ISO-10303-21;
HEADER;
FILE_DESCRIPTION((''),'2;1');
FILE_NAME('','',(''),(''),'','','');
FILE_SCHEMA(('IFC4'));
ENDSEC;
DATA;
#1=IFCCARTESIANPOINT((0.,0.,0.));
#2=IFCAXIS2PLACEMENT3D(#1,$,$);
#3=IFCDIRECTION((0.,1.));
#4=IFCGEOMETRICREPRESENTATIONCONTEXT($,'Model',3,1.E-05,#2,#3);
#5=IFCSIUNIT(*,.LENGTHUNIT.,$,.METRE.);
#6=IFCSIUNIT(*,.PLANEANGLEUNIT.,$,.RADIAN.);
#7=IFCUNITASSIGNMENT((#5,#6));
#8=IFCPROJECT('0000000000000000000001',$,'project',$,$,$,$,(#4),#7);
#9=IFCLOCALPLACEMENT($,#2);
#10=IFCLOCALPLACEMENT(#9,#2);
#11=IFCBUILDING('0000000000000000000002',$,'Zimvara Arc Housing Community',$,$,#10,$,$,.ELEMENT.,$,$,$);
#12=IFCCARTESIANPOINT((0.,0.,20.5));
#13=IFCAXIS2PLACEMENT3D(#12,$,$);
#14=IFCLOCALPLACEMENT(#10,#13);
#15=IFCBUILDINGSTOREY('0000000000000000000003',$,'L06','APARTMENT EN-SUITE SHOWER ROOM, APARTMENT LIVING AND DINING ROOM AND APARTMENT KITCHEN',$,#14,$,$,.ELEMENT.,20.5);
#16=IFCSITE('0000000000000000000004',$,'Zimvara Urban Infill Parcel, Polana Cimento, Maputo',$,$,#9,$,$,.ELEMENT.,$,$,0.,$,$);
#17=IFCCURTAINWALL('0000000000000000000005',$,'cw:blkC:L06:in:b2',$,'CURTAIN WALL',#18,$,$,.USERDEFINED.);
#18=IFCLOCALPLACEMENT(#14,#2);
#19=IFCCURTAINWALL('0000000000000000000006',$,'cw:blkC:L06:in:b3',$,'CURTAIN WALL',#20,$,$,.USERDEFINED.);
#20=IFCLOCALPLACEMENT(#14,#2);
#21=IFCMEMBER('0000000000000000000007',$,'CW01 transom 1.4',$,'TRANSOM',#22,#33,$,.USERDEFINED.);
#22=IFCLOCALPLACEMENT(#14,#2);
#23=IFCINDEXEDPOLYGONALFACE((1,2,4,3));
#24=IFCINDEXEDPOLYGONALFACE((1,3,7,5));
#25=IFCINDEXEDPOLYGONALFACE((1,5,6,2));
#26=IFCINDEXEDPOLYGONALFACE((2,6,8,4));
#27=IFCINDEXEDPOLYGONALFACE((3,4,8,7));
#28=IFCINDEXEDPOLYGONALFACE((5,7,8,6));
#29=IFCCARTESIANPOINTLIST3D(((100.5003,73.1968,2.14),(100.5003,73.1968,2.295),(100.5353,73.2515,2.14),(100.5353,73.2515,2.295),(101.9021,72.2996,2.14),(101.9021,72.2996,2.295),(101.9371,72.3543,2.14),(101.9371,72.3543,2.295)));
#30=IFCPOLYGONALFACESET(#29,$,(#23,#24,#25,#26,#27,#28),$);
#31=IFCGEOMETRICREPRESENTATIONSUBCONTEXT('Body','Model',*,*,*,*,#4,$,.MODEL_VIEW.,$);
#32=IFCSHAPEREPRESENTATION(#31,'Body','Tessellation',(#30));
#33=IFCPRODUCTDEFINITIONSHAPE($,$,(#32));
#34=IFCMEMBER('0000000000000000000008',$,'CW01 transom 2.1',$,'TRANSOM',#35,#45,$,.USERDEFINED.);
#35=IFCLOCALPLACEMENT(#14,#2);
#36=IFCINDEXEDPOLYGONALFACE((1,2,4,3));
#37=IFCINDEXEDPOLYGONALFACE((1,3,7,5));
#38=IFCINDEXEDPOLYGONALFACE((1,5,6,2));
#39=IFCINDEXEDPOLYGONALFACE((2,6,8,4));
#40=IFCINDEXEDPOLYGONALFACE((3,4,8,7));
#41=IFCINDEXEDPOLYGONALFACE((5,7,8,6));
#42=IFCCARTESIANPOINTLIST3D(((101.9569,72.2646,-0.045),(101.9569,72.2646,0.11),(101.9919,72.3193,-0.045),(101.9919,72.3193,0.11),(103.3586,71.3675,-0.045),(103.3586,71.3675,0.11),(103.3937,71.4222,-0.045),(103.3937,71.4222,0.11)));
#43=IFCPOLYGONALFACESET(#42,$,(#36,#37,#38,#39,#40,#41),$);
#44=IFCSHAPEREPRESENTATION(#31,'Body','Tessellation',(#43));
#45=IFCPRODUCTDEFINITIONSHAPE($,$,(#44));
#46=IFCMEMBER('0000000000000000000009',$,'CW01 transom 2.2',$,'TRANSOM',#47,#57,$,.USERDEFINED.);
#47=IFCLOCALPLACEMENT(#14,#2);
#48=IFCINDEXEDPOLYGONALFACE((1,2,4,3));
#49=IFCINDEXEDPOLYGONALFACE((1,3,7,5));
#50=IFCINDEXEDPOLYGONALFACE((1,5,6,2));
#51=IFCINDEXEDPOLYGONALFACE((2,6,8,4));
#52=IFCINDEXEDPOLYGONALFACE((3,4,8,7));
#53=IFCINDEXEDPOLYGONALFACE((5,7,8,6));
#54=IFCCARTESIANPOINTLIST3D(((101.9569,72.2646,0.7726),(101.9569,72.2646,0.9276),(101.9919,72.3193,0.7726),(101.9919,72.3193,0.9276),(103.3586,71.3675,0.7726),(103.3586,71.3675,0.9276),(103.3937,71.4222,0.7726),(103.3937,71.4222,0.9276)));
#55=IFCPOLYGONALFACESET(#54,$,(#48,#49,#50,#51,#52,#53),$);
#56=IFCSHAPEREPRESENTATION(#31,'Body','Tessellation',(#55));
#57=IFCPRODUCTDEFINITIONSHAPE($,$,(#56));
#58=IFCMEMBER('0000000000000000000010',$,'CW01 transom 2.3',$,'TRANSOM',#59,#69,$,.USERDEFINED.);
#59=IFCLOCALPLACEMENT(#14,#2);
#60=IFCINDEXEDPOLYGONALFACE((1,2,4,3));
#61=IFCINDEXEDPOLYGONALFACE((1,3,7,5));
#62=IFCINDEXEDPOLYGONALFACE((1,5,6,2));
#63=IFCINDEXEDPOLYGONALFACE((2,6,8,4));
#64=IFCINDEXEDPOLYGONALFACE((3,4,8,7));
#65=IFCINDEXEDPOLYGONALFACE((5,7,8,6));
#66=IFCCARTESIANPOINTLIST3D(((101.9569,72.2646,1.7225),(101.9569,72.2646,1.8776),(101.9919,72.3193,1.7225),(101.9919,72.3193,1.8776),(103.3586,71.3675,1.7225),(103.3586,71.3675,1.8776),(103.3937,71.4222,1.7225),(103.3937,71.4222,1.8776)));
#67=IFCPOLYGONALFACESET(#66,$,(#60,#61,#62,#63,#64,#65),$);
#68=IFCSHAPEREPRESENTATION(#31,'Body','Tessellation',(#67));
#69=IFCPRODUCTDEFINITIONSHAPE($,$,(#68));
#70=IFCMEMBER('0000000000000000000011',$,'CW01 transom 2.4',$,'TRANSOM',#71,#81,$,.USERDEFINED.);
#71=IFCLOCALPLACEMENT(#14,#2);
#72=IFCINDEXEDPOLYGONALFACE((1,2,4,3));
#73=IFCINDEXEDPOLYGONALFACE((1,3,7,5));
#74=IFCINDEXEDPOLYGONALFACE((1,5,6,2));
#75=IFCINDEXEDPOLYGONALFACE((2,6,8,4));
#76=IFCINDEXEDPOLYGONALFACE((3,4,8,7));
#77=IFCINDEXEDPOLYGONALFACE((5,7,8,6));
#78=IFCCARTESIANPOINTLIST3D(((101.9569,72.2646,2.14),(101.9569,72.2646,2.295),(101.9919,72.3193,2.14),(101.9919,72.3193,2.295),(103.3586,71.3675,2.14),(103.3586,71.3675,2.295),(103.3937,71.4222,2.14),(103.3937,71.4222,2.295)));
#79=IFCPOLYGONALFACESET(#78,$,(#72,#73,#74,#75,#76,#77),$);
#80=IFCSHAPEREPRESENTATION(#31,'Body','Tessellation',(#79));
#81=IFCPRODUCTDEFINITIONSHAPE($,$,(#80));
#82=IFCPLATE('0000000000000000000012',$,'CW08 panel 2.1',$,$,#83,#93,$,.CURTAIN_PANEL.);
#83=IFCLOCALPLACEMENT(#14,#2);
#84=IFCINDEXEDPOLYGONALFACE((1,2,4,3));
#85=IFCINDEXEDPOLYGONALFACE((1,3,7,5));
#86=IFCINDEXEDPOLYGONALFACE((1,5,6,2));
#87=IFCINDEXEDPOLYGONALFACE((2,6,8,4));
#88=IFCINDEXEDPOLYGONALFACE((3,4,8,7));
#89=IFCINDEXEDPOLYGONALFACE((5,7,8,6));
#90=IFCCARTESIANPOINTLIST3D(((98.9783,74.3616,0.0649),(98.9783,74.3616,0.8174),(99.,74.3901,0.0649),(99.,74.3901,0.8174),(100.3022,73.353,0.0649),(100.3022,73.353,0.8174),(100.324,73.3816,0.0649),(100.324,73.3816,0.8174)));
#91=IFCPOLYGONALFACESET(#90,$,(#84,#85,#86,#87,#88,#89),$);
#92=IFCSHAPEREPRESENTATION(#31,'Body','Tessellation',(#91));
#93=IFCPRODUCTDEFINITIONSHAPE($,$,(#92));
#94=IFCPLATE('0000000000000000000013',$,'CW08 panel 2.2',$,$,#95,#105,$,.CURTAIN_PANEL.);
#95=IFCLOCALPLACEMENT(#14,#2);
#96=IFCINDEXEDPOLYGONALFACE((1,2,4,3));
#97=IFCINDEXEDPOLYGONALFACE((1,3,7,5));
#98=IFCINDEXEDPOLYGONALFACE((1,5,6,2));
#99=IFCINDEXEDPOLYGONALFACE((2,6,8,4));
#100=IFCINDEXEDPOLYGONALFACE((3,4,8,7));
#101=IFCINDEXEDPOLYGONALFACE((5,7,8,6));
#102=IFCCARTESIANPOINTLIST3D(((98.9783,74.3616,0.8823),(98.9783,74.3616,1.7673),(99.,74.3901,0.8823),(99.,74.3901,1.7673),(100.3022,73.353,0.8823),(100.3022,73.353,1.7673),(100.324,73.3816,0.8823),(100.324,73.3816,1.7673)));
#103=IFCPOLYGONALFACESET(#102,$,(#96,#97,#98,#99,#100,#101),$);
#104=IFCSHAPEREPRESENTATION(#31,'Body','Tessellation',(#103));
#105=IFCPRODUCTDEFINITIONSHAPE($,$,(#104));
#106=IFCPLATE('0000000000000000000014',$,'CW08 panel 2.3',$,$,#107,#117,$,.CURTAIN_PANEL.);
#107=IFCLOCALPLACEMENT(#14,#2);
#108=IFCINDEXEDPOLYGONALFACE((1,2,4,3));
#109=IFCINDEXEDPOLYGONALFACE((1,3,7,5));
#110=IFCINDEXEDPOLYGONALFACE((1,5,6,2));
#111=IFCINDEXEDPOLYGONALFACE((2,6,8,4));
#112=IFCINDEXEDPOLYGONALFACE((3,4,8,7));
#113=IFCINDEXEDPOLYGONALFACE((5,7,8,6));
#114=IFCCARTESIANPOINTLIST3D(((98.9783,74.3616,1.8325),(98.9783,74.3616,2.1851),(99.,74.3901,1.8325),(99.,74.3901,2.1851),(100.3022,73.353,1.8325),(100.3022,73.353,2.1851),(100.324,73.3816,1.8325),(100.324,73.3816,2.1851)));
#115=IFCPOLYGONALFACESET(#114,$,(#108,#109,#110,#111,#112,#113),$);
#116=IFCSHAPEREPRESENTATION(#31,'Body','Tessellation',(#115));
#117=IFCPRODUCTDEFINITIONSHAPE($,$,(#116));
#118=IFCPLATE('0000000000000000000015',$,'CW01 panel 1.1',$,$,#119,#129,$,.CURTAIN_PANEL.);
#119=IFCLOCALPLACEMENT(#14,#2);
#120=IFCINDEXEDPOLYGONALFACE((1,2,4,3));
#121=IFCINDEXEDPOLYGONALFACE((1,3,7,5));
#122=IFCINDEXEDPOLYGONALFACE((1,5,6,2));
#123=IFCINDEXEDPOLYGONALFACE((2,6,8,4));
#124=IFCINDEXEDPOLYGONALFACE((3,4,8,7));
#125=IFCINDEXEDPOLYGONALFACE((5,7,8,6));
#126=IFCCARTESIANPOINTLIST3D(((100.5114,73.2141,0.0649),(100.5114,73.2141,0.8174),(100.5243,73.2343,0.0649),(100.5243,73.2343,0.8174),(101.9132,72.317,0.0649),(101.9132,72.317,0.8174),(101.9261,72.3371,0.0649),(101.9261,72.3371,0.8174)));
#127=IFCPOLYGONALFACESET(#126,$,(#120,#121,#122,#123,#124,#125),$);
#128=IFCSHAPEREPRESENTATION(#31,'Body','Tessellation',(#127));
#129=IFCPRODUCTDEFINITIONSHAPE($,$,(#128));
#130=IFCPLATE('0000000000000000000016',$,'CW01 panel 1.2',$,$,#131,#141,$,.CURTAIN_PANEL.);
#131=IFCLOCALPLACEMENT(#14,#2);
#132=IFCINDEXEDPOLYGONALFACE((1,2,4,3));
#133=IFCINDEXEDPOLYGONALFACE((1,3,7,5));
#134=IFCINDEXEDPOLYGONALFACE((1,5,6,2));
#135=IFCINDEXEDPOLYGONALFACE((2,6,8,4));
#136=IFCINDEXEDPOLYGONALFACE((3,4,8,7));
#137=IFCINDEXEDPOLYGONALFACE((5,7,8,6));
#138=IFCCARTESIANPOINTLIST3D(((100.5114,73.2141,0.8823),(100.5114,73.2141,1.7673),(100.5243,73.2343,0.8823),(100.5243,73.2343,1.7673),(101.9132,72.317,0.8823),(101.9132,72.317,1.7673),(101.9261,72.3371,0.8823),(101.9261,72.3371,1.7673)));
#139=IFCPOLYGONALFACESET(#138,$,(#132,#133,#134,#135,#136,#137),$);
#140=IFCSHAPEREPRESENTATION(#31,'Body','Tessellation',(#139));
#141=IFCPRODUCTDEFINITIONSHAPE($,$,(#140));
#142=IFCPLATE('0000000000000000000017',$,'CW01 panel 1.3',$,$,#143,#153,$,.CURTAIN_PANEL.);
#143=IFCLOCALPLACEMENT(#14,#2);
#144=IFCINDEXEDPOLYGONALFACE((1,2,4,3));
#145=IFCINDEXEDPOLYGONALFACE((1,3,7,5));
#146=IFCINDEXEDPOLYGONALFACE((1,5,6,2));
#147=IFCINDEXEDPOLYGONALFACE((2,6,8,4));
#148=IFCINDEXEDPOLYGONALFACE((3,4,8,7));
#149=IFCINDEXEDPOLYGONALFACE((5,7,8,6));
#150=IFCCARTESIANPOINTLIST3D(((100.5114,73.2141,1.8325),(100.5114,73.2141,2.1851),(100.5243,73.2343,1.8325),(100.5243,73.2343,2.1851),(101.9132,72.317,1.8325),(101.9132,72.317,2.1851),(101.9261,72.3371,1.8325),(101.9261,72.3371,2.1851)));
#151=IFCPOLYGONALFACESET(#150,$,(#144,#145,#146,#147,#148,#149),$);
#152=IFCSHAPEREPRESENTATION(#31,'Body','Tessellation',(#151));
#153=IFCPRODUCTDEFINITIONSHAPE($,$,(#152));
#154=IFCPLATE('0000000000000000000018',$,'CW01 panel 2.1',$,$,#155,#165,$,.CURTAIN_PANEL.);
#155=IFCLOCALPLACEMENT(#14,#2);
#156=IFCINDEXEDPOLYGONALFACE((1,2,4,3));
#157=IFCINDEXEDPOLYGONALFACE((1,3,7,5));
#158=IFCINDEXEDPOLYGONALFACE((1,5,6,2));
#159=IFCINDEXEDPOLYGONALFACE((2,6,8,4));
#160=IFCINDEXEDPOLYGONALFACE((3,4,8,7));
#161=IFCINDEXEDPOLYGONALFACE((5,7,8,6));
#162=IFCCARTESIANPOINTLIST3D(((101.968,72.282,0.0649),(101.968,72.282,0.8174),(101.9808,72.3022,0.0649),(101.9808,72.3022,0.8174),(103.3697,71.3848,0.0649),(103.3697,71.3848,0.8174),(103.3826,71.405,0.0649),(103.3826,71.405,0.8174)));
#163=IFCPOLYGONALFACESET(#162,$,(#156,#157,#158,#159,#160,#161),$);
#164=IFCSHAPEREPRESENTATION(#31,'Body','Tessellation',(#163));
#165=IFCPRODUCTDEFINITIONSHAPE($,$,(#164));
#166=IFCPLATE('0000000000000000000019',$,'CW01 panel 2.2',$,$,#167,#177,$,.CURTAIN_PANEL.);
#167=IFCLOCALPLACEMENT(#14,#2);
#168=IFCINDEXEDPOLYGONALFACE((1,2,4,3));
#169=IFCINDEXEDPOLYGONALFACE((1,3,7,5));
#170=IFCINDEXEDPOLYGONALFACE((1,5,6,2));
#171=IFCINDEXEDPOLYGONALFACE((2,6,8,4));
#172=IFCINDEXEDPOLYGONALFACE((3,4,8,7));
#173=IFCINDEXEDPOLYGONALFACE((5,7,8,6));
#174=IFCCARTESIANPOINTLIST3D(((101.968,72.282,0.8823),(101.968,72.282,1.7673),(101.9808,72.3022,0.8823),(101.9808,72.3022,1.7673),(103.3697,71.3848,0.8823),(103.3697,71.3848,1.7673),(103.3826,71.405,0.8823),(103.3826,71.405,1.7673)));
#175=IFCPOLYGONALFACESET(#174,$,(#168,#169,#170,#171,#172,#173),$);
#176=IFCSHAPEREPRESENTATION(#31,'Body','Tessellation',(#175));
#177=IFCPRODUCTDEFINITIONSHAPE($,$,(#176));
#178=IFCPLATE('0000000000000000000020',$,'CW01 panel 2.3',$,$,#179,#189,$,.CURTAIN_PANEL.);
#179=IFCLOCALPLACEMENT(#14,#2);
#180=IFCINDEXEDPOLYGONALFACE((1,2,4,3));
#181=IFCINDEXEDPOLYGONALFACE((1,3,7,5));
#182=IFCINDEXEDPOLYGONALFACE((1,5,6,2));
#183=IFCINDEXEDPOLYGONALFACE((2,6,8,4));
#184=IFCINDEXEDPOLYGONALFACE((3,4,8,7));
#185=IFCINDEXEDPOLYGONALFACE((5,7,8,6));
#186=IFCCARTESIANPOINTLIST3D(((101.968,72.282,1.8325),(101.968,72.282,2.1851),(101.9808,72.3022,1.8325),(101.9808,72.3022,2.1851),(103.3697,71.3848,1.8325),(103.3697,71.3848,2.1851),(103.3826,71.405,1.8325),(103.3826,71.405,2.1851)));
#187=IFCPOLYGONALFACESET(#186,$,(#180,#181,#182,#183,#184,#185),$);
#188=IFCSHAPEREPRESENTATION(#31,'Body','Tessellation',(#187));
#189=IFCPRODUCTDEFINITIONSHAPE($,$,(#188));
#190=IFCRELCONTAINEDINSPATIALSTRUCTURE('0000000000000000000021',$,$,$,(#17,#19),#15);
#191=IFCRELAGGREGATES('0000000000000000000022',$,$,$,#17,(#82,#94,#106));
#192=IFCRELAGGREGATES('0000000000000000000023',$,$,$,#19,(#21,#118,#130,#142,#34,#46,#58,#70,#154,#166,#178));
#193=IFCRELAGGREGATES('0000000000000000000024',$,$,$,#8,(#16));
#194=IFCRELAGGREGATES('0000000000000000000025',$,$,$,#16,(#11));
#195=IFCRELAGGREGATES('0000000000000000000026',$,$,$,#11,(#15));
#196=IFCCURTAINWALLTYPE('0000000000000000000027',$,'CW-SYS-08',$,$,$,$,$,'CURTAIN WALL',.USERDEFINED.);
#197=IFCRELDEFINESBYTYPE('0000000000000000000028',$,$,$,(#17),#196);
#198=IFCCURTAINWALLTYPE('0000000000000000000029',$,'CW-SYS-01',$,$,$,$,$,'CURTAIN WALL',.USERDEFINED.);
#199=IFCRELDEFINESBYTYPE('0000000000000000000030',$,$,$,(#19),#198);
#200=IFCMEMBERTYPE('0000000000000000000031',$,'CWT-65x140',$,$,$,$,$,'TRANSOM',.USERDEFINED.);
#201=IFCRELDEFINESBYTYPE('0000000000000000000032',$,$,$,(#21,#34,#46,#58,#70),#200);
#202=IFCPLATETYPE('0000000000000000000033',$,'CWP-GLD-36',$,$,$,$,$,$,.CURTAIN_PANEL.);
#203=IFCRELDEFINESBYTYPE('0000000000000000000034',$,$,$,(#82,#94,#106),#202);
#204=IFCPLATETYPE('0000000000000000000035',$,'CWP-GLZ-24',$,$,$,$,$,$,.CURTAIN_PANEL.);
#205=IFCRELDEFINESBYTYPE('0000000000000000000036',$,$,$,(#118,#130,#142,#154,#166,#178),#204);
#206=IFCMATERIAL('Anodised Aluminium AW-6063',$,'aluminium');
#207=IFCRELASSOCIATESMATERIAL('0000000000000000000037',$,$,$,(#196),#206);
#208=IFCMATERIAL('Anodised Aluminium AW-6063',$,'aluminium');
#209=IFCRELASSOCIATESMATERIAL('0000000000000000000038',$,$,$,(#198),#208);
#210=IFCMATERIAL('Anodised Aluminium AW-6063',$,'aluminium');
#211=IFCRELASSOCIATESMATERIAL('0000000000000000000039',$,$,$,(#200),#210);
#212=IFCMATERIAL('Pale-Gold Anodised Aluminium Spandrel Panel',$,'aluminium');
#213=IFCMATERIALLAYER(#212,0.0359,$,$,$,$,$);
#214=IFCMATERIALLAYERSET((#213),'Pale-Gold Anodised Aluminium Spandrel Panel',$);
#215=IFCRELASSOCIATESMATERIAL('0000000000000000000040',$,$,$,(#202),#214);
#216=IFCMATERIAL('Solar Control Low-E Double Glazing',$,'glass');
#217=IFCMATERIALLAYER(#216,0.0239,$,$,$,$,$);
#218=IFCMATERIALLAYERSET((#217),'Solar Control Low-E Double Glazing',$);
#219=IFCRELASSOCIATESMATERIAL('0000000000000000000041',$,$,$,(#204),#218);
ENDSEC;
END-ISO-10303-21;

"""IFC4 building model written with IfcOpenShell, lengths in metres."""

from ifc_helpers import new_model, si_unit, direction, frame, origin, origin_2d, place, context, subcontext, project, spatial, rectangle, extrude, material, layer, layer_set, material_profile, profile_set, type_object, element, aggregate, save


model = new_model("IFC4")

# Units and contexts
model_context = context("Model", 3, precision=1e-05, world=origin(), true_north=direction((0.0, 1.0)))
body_context = subcontext(model_context, "Body", "Model", "MODEL_VIEW")
ifc_project = project(units=[si_unit("LENGTHUNIT", "METRE"), si_unit("PLANEANGLEUNIT", "RADIAN")], contexts=[model_context])

# Site, building, storey
site_placement = place(None, origin())
site = spatial("IfcSite", under=ifc_project, at=site_placement, Name="Zimvara Urban Infill Parcel, Polana Cimento, Maputo", CompositionType="ELEMENT", RefElevation=0.0)
building_placement = place(site_placement, origin())
building = spatial("IfcBuilding", under=site, at=building_placement, Name="Zimvara Arc Housing Community", CompositionType="ELEMENT")
storey_placement = place(building_placement, frame((0.0, 0.0, 20.5)))
storey = spatial("IfcBuildingStorey", under=building, at=storey_placement, Name="L06", Description="APARTMENT EN-SUITE SHOWER ROOM, APARTMENT LIVING AND DINING ROOM AND APARTMENT KITCHEN", CompositionType="ELEMENT", Elevation=20.5)

# Curtain wall
ifc_material_1 = material(Name="Anodised Aluminium AW-6063", Category="aluminium")
curtain_wall_type_1 = type_object("IfcCurtainWallType", Name="CW-SYS-08", ElementType="CURTAIN WALL", PredefinedType="USERDEFINED", material=ifc_material_1)
curtain_wall_1_placement = place(storey_placement, origin())
curtain_wall_1 = element("IfcCurtainWall", 1, at=curtain_wall_1_placement, inside=storey, type_object=curtain_wall_type_1, Name="cw:blkC:L06:in:b2", ObjectType="CURTAIN WALL", PredefinedType="USERDEFINED")

# Curtain wall, members
ifc_material_2 = material(Name="Anodised Aluminium AW-6063", Category="aluminium")
curtain_wall_type_2 = type_object("IfcCurtainWallType", Name="CW-SYS-01", ElementType="CURTAIN WALL", PredefinedType="USERDEFINED", material=ifc_material_2)
curtain_wall_2_placement = place(storey_placement, origin())
curtain_wall_2 = element("IfcCurtainWall", 2, at=curtain_wall_2_placement, inside=storey, type_object=curtain_wall_type_2, Name="cw:blkC:L06:in:b3", ObjectType="CURTAIN WALL", PredefinedType="USERDEFINED")
ifc_material_3 = material(Name="Anodised Aluminium AW-6063", Category="aluminium")
ifc_material_profile_1 = material_profile(ifc_material_3, rectangle(XDim=0.0649, YDim=0.155, at=origin_2d()), Name="ALU 65x155")
ifc_profile_set_1 = profile_set([ifc_material_profile_1], Name="Anodised Aluminium AW-6063")
member_type_1 = type_object("IfcMemberType", Name="CWT-65x140", ElementType="TRANSOM", PredefinedType="USERDEFINED", material=ifc_profile_set_1)
member_1_placement = place(storey_placement, frame((100.5178, 73.2241, 2.2175), z_axis=(0.842263, -0.539066, 0.0), x_axis=(0.539066, 0.842263, 0.0)))
member_1 = element("IfcMember", 3, at=member_1_placement, type_object=member_type_1, Name="CW01 transom 1.4", ObjectType="TRANSOM", PredefinedType="USERDEFINED", context=body_context, shape_type="SweptSolid", body=[
    extrude(rectangle(XDim=0.0649, YDim=0.155, at=origin_2d()), origin(), (0.0, 0.0, 1.0), 1.6643),
])
member_2_placement = place(storey_placement, frame((101.9744, 72.292, 0.0325), z_axis=(0.842263, -0.539066, 0.0), x_axis=(0.539066, 0.842263, 0.0)))
member_2 = element("IfcMember", 4, at=member_2_placement, type_object=member_type_1, Name="CW01 transom 2.1", ObjectType="TRANSOM", PredefinedType="USERDEFINED", context=body_context, shape_type="SweptSolid", body=[
    extrude(rectangle(XDim=0.0649, YDim=0.155, at=origin_2d()), origin(), (0.0, 0.0, 1.0), 1.6643),
])
member_3_placement = place(storey_placement, frame((101.9744, 72.292, 0.8501), z_axis=(0.842263, -0.539066, 0.0), x_axis=(0.539066, 0.842263, 0.0)))
member_3 = element("IfcMember", 5, at=member_3_placement, type_object=member_type_1, Name="CW01 transom 2.2", ObjectType="TRANSOM", PredefinedType="USERDEFINED", context=body_context, shape_type="SweptSolid", body=[
    extrude(rectangle(XDim=0.0649, YDim=0.155, at=origin_2d()), origin(), (0.0, 0.0, 1.0), 1.6643),
])
member_4_placement = place(storey_placement, frame((101.9744, 72.292, 1.8), z_axis=(0.842263, -0.539066, 0.0), x_axis=(0.539066, 0.842263, 0.0)))
member_4 = element("IfcMember", 6, at=member_4_placement, type_object=member_type_1, Name="CW01 transom 2.3", ObjectType="TRANSOM", PredefinedType="USERDEFINED", context=body_context, shape_type="SweptSolid", body=[
    extrude(rectangle(XDim=0.0649, YDim=0.155, at=origin_2d()), origin(), (0.0, 0.0, 1.0), 1.6643),
])
member_5_placement = place(storey_placement, frame((101.9744, 72.292, 2.2175), z_axis=(0.842263, -0.539066, 0.0), x_axis=(0.539066, 0.842263, 0.0)))
member_5 = element("IfcMember", 7, at=member_5_placement, type_object=member_type_1, Name="CW01 transom 2.4", ObjectType="TRANSOM", PredefinedType="USERDEFINED", context=body_context, shape_type="SweptSolid", body=[
    extrude(rectangle(XDim=0.0649, YDim=0.155, at=origin_2d()), origin(), (0.0, 0.0, 1.0), 1.6643),
])

# Plates
ifc_material_4 = material(Name="Pale-Gold Anodised Aluminium Spandrel Panel", Category="aluminium")
ifc_layer_1 = layer(ifc_material_4, 0.0359)
ifc_layer_set_1 = layer_set([ifc_layer_1], Name="Pale-Gold Anodised Aluminium Spandrel Panel")
plate_type_1 = type_object("IfcPlateType", Name="CWP-GLD-36", PredefinedType="CURTAIN_PANEL", material=ifc_layer_set_1)
plate_1_placement = place(storey_placement, frame((99.6511, 73.8716, 0.0649), z_axis=(0.0, 0.0, 1.0), x_axis=(0.795474, -0.605988, 0.0)))
plate_1 = element("IfcPlate", 8, at=plate_1_placement, type_object=plate_type_1, Name="CW08 panel 2.1", PredefinedType="CURTAIN_PANEL", context=body_context, shape_type="SweptSolid", body=[
    extrude(rectangle(XDim=1.6643, YDim=0.0359, at=origin_2d()), origin(), (0.0, 0.0, 1.0), 0.7524),
])
plate_2_placement = place(storey_placement, frame((99.6511, 73.8716, 0.8823), z_axis=(0.0, 0.0, 1.0), x_axis=(0.795474, -0.605988, 0.0)))
plate_2 = element("IfcPlate", 9, at=plate_2_placement, type_object=plate_type_1, Name="CW08 panel 2.2", PredefinedType="CURTAIN_PANEL", context=body_context, shape_type="SweptSolid", body=[
    extrude(rectangle(XDim=1.6643, YDim=0.0359, at=origin_2d()), origin(), (0.0, 0.0, 1.0), 0.885),
])
plate_3_placement = place(storey_placement, frame((99.6511, 73.8716, 1.8325), z_axis=(0.0, 0.0, 1.0), x_axis=(0.795474, -0.605988, 0.0)))
plate_3 = element("IfcPlate", 10, at=plate_3_placement, type_object=plate_type_1, Name="CW08 panel 2.3", PredefinedType="CURTAIN_PANEL", context=body_context, shape_type="SweptSolid", body=[
    extrude(rectangle(XDim=1.6643, YDim=0.0359, at=origin_2d()), origin(), (0.0, 0.0, 1.0), 0.3525),
])
aggregate(curtain_wall_1, [plate_1, plate_2, plate_3])
ifc_material_5 = material(Name="Solar Control Low-E Double Glazing", Category="glass")
ifc_layer_2 = layer(ifc_material_5, 0.0239)
ifc_layer_set_2 = layer_set([ifc_layer_2], Name="Solar Control Low-E Double Glazing")
plate_type_2 = type_object("IfcPlateType", Name="CWP-GLZ-24", PredefinedType="CURTAIN_PANEL", material=ifc_layer_set_2)
plate_4_placement = place(storey_placement, frame((101.2188, 72.7756, 0.0649), z_axis=(0.0, 0.0, 1.0), x_axis=(0.842265, -0.539064, 0.0)))
plate_4 = element("IfcPlate", 11, at=plate_4_placement, type_object=plate_type_2, Name="CW01 panel 1.1", PredefinedType="CURTAIN_PANEL", context=body_context, shape_type="SweptSolid", body=[
    extrude(rectangle(XDim=1.6643, YDim=0.0239, at=origin_2d()), origin(), (0.0, 0.0, 1.0), 0.7524),
])
plate_5_placement = place(storey_placement, frame((101.2188, 72.7756, 0.8823), z_axis=(0.0, 0.0, 1.0), x_axis=(0.842265, -0.539064, 0.0)))
plate_5 = element("IfcPlate", 12, at=plate_5_placement, type_object=plate_type_2, Name="CW01 panel 1.2", PredefinedType="CURTAIN_PANEL", context=body_context, shape_type="SweptSolid", body=[
    extrude(rectangle(XDim=1.6643, YDim=0.0239, at=origin_2d()), origin(), (0.0, 0.0, 1.0), 0.885),
])
plate_6_placement = place(storey_placement, frame((101.2188, 72.7756, 1.8325), z_axis=(0.0, 0.0, 1.0), x_axis=(0.842265, -0.539064, 0.0)))
plate_6 = element("IfcPlate", 13, at=plate_6_placement, type_object=plate_type_2, Name="CW01 panel 1.3", PredefinedType="CURTAIN_PANEL", context=body_context, shape_type="SweptSolid", body=[
    extrude(rectangle(XDim=1.6643, YDim=0.0239, at=origin_2d()), origin(), (0.0, 0.0, 1.0), 0.3525),
])
plate_7_placement = place(storey_placement, frame((102.6753, 71.8435, 0.0649), z_axis=(0.0, 0.0, 1.0), x_axis=(0.842265, -0.539064, 0.0)))
plate_7 = element("IfcPlate", 14, at=plate_7_placement, type_object=plate_type_2, Name="CW01 panel 2.1", PredefinedType="CURTAIN_PANEL", context=body_context, shape_type="SweptSolid", body=[
    extrude(rectangle(XDim=1.6643, YDim=0.0239, at=origin_2d()), origin(), (0.0, 0.0, 1.0), 0.7524),
])
plate_8_placement = place(storey_placement, frame((102.6753, 71.8435, 0.8823), z_axis=(0.0, 0.0, 1.0), x_axis=(0.842265, -0.539064, 0.0)))
plate_8 = element("IfcPlate", 15, at=plate_8_placement, type_object=plate_type_2, Name="CW01 panel 2.2", PredefinedType="CURTAIN_PANEL", context=body_context, shape_type="SweptSolid", body=[
    extrude(rectangle(XDim=1.6643, YDim=0.0239, at=origin_2d()), origin(), (0.0, 0.0, 1.0), 0.885),
])
plate_9_placement = place(storey_placement, frame((102.6753, 71.8435, 1.8325), z_axis=(0.0, 0.0, 1.0), x_axis=(0.842265, -0.539064, 0.0)))
plate_9 = element("IfcPlate", 16, at=plate_9_placement, type_object=plate_type_2, Name="CW01 panel 2.3", PredefinedType="CURTAIN_PANEL", context=body_context, shape_type="SweptSolid", body=[
    extrude(rectangle(XDim=1.6643, YDim=0.0239, at=origin_2d()), origin(), (0.0, 0.0, 1.0), 0.3525),
])
aggregate(curtain_wall_2, [member_1, plate_4, plate_5, plate_6, member_2, member_3, member_4, member_5, plate_7, plate_8, plate_9])

save(model, "model.ifc")
